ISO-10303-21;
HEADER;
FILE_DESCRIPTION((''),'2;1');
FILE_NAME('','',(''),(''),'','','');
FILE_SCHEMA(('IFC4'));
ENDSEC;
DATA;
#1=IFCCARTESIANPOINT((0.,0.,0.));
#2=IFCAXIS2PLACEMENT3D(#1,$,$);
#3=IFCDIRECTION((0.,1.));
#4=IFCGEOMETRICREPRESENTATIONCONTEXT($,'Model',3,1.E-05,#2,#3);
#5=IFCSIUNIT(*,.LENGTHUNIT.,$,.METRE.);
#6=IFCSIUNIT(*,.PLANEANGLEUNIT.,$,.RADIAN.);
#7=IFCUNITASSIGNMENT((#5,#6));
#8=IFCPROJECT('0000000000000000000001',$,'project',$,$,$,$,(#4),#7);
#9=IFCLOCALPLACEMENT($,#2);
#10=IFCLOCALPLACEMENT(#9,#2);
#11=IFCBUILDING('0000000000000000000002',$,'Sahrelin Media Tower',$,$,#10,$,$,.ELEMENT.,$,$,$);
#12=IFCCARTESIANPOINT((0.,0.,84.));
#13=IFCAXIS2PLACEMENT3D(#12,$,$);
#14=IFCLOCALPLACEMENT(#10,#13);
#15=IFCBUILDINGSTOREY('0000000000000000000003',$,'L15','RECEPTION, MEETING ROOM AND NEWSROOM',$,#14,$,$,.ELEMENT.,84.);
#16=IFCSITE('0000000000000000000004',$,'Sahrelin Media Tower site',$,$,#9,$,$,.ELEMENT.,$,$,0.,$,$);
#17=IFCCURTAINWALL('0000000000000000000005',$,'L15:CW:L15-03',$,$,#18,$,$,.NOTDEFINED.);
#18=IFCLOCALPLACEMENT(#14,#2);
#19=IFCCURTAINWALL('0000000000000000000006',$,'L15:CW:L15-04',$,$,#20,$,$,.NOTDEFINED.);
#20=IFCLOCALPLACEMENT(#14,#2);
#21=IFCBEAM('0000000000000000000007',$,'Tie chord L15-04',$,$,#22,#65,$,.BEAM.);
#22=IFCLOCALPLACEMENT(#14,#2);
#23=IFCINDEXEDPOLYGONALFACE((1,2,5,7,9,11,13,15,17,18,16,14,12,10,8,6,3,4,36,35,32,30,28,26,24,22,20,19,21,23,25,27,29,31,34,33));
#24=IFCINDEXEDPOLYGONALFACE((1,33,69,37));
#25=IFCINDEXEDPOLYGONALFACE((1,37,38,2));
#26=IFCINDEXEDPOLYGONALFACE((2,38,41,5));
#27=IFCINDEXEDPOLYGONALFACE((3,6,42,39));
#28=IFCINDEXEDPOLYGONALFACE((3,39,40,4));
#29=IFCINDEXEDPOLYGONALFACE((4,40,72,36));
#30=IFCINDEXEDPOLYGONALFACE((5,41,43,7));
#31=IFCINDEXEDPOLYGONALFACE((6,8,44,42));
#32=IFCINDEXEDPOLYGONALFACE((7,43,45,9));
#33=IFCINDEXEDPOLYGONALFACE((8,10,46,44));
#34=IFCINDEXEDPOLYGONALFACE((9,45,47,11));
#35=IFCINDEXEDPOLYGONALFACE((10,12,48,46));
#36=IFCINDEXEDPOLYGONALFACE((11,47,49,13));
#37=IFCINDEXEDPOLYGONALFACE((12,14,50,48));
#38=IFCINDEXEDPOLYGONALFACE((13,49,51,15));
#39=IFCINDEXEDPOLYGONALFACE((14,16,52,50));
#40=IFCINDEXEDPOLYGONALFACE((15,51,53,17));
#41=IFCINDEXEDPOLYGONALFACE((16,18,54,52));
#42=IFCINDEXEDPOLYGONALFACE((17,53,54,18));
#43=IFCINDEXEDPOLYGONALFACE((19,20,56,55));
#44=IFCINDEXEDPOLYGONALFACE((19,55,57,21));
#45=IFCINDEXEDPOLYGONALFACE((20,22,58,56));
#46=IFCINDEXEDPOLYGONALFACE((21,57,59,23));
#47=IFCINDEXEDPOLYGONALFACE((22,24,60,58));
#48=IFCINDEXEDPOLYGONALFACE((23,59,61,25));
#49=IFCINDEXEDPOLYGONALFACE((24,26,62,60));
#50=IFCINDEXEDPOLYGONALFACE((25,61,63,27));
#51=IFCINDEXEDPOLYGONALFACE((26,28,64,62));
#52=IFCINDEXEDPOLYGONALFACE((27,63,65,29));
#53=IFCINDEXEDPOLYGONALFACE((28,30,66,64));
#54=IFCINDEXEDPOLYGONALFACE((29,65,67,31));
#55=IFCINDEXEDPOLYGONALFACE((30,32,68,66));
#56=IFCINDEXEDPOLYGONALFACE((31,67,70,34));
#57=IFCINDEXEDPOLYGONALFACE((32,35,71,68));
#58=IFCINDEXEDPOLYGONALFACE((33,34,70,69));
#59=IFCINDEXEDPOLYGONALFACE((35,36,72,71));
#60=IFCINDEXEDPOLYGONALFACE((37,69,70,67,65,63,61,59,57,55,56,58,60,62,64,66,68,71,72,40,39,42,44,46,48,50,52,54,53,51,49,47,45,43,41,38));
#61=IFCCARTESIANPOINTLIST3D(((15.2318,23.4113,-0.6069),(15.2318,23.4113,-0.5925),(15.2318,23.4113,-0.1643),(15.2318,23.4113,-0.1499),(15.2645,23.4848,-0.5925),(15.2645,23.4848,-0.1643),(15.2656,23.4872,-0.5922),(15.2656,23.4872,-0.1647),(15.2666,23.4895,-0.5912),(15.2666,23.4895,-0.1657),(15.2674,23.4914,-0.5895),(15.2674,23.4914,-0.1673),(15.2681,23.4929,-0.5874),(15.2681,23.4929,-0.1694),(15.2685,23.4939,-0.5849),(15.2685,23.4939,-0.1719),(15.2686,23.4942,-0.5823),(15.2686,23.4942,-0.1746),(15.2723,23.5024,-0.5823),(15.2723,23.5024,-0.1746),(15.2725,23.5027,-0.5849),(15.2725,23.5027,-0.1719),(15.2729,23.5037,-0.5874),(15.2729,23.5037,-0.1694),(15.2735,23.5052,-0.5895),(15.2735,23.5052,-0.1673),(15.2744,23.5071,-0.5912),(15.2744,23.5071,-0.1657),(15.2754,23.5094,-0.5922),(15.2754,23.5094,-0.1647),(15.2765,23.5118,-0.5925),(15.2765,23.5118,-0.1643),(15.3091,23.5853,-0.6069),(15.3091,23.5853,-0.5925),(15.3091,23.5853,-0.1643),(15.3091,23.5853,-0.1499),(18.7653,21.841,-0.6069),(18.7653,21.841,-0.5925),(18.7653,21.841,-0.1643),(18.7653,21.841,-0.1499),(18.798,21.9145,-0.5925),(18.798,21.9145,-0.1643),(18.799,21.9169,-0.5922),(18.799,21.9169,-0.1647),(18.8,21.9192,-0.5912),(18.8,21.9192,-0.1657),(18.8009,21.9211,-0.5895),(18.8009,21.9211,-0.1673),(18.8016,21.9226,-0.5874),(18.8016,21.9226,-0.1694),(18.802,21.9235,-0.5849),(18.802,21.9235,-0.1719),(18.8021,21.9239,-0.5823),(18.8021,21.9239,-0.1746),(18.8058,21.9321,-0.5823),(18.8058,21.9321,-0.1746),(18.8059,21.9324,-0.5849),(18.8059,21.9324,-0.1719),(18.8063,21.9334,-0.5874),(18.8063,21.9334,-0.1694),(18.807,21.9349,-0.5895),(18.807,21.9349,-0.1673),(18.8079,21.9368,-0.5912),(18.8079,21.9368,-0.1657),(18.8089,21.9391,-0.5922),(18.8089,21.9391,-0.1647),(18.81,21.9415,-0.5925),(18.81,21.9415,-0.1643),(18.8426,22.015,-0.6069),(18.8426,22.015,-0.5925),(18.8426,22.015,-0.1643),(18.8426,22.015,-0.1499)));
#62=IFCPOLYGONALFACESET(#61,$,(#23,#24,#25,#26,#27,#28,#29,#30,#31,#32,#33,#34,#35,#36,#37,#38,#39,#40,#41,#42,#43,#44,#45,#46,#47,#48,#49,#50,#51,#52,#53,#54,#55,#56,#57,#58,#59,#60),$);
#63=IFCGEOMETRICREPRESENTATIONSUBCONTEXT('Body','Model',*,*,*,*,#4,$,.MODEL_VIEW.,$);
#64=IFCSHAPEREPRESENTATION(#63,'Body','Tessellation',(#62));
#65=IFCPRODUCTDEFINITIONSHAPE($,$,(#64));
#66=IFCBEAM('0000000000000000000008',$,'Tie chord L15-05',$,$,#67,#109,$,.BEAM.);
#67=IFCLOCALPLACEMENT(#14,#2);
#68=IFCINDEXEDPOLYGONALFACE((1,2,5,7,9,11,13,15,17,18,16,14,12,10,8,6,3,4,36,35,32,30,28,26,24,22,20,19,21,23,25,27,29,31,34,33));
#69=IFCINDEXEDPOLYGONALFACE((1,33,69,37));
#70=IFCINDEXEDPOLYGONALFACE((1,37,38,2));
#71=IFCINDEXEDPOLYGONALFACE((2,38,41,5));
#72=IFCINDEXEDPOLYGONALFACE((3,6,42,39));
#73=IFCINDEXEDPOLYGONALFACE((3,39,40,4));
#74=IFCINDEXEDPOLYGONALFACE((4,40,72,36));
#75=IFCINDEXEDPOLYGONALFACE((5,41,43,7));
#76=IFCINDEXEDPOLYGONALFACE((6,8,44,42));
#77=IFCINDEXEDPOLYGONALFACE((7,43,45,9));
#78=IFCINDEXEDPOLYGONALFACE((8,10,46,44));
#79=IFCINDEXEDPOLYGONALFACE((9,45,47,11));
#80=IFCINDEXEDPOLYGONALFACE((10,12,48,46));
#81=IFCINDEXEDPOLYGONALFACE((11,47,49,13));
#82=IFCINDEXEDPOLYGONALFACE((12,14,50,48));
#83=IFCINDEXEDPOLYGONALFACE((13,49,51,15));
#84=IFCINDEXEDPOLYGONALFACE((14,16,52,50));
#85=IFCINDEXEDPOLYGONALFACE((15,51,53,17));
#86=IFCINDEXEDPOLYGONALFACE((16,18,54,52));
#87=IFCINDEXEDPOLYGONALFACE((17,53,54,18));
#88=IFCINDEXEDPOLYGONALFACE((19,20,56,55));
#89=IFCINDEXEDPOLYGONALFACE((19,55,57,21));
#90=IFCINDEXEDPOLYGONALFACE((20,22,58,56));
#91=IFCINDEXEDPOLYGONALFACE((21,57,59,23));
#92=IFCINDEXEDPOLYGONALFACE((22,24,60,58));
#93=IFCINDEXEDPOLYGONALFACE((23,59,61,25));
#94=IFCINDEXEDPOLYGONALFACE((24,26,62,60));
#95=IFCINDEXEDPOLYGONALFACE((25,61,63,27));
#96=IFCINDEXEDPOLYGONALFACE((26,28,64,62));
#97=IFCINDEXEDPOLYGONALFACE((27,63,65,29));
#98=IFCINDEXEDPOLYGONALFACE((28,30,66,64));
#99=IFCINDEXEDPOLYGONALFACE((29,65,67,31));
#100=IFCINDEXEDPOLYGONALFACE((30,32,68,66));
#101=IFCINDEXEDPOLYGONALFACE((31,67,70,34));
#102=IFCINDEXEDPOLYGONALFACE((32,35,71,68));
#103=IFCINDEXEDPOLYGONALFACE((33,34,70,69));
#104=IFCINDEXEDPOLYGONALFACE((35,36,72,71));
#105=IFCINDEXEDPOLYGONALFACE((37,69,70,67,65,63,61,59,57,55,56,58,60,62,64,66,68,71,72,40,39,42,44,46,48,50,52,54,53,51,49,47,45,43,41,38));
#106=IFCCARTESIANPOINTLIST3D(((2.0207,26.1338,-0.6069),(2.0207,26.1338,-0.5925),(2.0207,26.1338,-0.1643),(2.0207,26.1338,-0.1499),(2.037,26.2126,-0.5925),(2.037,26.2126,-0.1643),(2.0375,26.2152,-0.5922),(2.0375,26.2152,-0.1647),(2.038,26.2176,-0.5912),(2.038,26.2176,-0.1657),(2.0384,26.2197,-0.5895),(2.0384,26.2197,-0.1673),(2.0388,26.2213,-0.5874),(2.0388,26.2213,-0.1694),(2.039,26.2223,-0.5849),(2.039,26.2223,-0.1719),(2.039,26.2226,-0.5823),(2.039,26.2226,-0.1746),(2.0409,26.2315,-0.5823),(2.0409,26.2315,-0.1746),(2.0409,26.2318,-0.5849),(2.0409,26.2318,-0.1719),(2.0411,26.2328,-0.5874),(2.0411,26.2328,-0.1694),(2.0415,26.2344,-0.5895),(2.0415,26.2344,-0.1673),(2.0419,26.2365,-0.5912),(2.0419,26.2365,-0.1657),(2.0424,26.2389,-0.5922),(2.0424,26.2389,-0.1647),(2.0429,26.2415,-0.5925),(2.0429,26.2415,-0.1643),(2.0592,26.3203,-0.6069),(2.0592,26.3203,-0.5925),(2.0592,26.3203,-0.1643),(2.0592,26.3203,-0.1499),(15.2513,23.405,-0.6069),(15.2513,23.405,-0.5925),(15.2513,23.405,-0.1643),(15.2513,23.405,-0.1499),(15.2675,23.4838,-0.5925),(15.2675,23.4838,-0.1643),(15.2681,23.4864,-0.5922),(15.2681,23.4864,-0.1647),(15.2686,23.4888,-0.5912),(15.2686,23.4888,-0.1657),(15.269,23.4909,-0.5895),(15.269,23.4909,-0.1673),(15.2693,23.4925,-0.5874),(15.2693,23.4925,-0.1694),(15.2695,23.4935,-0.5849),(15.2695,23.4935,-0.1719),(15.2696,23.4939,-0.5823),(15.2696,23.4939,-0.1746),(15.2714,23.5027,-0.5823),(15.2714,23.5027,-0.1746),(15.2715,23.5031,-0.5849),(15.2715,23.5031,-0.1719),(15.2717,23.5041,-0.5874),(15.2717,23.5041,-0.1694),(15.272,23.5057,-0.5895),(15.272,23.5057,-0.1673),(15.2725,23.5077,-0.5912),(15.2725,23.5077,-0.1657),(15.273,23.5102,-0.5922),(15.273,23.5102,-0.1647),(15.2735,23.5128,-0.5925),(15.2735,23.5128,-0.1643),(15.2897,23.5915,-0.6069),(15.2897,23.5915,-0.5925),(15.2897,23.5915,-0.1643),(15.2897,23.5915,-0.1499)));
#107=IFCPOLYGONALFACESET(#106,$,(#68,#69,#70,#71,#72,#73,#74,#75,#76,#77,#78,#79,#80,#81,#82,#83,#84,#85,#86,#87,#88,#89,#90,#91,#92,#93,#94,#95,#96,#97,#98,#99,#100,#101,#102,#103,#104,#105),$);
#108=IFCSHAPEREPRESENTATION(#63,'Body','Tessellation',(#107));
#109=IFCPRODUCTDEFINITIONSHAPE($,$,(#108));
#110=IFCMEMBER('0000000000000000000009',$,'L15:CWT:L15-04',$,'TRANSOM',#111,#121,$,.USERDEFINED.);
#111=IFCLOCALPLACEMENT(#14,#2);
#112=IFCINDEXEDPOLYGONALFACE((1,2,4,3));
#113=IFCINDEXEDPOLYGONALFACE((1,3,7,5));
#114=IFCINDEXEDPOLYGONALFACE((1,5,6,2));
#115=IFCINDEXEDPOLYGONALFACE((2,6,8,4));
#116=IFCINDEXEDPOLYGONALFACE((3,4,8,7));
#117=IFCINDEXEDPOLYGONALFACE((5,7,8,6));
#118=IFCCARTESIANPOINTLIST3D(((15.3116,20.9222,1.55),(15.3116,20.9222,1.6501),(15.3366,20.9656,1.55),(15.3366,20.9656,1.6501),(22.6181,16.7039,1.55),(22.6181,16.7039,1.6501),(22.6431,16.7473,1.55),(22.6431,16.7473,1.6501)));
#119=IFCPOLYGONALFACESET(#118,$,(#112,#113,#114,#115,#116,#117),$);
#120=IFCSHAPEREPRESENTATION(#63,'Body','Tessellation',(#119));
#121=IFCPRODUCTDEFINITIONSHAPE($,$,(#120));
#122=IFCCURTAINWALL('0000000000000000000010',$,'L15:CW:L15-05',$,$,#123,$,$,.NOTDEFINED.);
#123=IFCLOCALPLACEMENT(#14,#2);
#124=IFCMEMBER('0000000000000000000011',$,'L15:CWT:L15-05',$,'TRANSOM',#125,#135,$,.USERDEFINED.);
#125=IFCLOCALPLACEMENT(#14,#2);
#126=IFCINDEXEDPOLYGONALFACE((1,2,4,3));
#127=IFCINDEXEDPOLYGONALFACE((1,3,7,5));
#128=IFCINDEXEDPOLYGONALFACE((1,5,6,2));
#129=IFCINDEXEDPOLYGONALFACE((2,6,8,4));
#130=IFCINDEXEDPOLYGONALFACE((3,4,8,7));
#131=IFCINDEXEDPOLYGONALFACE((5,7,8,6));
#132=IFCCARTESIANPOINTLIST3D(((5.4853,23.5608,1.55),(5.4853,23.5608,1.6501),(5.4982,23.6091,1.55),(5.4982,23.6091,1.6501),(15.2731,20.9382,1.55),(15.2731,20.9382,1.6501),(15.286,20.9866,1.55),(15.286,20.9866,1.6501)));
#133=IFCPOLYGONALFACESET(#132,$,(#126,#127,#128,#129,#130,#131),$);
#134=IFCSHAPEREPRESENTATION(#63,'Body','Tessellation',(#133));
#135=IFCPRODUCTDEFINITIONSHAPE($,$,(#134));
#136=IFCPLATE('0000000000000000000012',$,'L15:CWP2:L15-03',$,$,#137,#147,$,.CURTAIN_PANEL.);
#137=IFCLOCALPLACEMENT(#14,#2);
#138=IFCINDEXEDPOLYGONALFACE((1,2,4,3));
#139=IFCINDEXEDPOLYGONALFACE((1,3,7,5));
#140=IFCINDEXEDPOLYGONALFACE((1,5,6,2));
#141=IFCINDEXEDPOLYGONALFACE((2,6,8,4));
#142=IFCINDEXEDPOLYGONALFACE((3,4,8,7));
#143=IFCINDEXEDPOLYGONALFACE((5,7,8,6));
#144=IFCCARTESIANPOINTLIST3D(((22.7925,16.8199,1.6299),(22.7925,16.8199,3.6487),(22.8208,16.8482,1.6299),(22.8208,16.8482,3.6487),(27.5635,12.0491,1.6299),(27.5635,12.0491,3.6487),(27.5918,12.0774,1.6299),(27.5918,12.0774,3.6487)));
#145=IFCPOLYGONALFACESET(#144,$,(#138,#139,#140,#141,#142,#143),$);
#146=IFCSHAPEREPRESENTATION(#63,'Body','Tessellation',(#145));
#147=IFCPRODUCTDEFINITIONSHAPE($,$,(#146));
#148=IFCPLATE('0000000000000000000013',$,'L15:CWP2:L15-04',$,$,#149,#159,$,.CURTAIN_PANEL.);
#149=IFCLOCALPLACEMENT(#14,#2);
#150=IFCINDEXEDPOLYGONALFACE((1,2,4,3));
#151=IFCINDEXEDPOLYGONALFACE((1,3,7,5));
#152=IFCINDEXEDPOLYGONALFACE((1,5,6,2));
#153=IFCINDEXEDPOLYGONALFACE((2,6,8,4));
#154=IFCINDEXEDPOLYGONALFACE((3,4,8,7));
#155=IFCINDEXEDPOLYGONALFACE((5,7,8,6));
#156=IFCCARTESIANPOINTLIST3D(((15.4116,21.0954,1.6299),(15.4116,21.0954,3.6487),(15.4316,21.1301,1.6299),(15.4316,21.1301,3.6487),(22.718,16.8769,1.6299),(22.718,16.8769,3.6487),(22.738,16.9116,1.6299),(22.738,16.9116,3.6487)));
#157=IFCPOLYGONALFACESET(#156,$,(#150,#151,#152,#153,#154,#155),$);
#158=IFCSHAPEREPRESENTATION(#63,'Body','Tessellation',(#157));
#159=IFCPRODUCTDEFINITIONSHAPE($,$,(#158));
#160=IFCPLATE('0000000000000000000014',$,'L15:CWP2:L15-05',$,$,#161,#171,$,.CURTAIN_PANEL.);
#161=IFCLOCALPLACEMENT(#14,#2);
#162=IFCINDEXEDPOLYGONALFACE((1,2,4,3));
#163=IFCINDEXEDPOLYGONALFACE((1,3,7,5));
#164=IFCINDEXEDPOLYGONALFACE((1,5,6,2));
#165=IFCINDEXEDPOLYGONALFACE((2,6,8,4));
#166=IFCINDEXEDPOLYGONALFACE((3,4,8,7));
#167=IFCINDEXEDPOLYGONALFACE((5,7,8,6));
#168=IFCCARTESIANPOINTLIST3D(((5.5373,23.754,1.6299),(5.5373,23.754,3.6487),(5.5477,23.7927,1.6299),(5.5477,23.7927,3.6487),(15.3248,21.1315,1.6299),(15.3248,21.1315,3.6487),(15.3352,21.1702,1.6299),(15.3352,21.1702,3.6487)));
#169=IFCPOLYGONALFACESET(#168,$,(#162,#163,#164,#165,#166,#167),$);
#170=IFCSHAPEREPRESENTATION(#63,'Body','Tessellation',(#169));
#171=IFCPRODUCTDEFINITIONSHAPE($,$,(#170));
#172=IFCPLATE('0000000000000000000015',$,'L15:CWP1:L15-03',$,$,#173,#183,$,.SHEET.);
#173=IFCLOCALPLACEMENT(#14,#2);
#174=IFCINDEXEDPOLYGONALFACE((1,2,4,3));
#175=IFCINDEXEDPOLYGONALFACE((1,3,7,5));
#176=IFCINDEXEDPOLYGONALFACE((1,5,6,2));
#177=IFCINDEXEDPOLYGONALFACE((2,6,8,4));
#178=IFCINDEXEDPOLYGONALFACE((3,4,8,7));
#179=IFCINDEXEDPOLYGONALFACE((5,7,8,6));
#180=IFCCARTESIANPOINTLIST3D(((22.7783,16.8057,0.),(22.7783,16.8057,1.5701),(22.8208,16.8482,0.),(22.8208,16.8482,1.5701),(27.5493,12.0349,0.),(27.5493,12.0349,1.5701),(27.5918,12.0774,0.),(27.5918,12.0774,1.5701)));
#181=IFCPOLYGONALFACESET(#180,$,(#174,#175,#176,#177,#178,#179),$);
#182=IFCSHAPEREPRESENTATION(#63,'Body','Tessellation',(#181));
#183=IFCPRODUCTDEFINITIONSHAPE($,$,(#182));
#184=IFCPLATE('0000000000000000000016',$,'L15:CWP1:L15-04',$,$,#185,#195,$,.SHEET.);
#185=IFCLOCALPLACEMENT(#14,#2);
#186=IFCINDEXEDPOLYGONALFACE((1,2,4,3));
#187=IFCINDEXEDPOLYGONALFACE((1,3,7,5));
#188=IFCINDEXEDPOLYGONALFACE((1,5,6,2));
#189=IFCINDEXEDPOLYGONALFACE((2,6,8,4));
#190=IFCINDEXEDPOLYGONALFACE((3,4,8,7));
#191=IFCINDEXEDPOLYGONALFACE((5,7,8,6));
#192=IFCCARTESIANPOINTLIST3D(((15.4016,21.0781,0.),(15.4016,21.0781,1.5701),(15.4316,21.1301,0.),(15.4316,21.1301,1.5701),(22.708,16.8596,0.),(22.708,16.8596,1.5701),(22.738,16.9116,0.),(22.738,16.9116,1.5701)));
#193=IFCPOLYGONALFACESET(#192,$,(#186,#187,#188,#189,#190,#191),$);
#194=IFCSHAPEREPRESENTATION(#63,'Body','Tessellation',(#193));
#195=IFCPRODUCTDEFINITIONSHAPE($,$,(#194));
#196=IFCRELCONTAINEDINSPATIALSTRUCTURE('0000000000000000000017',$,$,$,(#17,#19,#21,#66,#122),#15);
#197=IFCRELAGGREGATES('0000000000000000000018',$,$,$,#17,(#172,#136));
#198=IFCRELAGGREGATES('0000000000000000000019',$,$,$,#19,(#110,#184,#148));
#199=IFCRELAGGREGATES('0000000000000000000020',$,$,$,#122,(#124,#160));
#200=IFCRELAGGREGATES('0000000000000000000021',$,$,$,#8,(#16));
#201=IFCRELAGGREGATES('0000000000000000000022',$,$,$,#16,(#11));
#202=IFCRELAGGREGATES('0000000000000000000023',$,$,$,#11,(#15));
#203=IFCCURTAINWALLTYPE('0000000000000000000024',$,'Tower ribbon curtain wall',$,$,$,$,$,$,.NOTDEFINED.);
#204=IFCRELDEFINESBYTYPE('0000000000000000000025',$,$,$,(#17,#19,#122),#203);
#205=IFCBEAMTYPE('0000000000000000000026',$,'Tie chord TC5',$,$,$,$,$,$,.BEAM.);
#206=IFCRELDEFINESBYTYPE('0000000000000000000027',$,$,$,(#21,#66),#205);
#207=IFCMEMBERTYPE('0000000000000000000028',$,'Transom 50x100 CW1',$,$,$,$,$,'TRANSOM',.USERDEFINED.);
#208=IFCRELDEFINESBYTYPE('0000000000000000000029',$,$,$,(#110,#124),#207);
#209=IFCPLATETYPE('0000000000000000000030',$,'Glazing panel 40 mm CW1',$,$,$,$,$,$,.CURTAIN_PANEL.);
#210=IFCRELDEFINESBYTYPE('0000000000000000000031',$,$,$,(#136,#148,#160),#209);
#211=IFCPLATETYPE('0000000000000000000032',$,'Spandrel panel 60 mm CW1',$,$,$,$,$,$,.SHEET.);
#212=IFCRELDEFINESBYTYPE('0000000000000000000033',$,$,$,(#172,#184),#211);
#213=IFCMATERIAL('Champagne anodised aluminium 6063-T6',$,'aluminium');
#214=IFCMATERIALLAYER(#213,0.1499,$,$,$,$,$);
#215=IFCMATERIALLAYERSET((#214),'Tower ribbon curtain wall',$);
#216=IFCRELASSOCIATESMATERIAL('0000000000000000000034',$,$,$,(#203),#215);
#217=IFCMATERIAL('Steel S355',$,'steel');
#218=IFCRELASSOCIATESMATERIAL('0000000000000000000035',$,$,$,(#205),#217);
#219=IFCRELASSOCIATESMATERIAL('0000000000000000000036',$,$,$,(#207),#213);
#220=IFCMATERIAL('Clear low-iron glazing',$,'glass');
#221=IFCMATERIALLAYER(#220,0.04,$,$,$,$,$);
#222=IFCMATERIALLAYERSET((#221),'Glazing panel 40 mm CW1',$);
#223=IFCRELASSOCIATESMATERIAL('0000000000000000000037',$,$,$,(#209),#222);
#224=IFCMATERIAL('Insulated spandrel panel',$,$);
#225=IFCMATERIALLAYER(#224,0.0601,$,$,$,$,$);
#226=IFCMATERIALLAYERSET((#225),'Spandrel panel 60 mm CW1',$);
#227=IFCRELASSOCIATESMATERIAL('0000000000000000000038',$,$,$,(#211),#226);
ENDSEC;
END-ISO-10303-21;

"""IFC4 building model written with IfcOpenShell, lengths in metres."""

from ifc_helpers import new_model, si_unit, direction, frame, origin, origin_2d, place, context, subcontext, project, spatial, polyline, rectangle, i_section, outline, extrude, material, layer, layer_set, material_profile, profile_set, type_object, element, aggregate, save


model = new_model("IFC4")

# Units and contexts
model_context = context("Model", 3, precision=1e-05, world=origin(), true_north=direction((0.0, 1.0)))
body_context = subcontext(model_context, "Body", "Model", "MODEL_VIEW")
ifc_project = project(units=[si_unit("LENGTHUNIT", "METRE"), si_unit("PLANEANGLEUNIT", "RADIAN")], contexts=[model_context])

# Site, building, storey
site_placement = place(None, origin())
site = spatial("IfcSite", under=ifc_project, at=site_placement, Name="Sahrelin Media Tower site", CompositionType="ELEMENT", RefElevation=0.0)
building_placement = place(site_placement, origin())
building = spatial("IfcBuilding", under=site, at=building_placement, Name="Sahrelin Media Tower", CompositionType="ELEMENT")
storey_placement = place(building_placement, frame((0.0, 0.0, 84.0)))
storey = spatial("IfcBuildingStorey", under=building, at=storey_placement, Name="L15", Description="RECEPTION, MEETING ROOM AND NEWSROOM", CompositionType="ELEMENT", Elevation=84.0)

# Shared definitions
ifc_material_1 = material(Name="Steel S355", Category="steel")

# Curtain walls
ifc_material_2 = material(Name="Champagne anodised aluminium 6063-T6", Category="aluminium")
ifc_layer_1 = layer(ifc_material_2, 0.1499)
ifc_layer_set_1 = layer_set([ifc_layer_1], Name="Tower ribbon curtain wall")
curtain_wall_type = type_object("IfcCurtainWallType", Name="Tower ribbon curtain wall", PredefinedType="NOTDEFINED", material=ifc_layer_set_1)
curtain_wall_1_placement = place(storey_placement, frame((25.1921, 14.4485, 0.0), z_axis=(0.0, 0.0, 1.0), x_axis=(1.0, 0.0, 0.0)))
curtain_wall_1 = element("IfcCurtainWall", 1, at=curtain_wall_1_placement, inside=storey, type_object=curtain_wall_type, Name="L15:CW:L15-03", PredefinedType="NOTDEFINED")
curtain_wall_2_placement = place(storey_placement, frame((19.075, 19.0037, 0.0), z_axis=(0.0, 0.0, 1.0), x_axis=(1.0, 0.0, 0.0)))
curtain_wall_2 = element("IfcCurtainWall", 2, at=curtain_wall_2_placement, inside=storey, type_object=curtain_wall_type, Name="L15:CW:L15-04", PredefinedType="NOTDEFINED")

# Beams
ifc_material_profile_1 = material_profile(ifc_material_1, i_section(OverallWidth=0.1904, OverallDepth=0.457, WebThickness=0.009, FlangeThickness=0.0144, FilletRadius=0.0103, at=origin_2d()), Name="UB 457x191x74")
ifc_profile_set_1 = profile_set([ifc_material_profile_1], Name="Steel S355")
beam_type_1 = type_object("IfcBeamType", Name="Tie chord TC5", PredefinedType="BEAM", material=ifc_profile_set_1)
beam_1_placement = place(storey_placement, frame((18.804, 21.928, -0.3784), z_axis=(-0.913822, 0.406115, 0.0), x_axis=(-0.406115, -0.913822, 0.0)))
element("IfcBeam", 3, at=beam_1_placement, inside=storey, type_object=beam_type_1, Name="Tie chord L15-04", PredefinedType="BEAM", context=body_context, shape_type="SweptSolid", body=[
    extrude(i_section(OverallWidth=0.1904, OverallDepth=0.457, WebThickness=0.009, FlangeThickness=0.0144, FilletRadius=0.0103, at=origin_2d()), origin(), (0.0, 0.0, 1.0), 3.8667),
])
beam_2_placement = place(storey_placement, frame((15.2705, 23.4983, -0.3784), z_axis=(-0.979386, 0.201997, 0.0), x_axis=(-0.201997, -0.979386, 0.0)))
element("IfcBeam", 4, at=beam_2_placement, inside=storey, type_object=beam_type_1, Name="Tie chord L15-05", PredefinedType="BEAM", context=body_context, shape_type="SweptSolid", body=[
    extrude(i_section(OverallWidth=0.1904, OverallDepth=0.457, WebThickness=0.009, FlangeThickness=0.0144, FilletRadius=0.0103, at=origin_2d()), origin(), (0.0, 0.0, 1.0), 13.509),
])

# Member
ifc_material_profile_2 = material_profile(ifc_material_2, rectangle(XDim=0.05, YDim=0.1001, at=origin_2d()), Name="Transom 50x100")
ifc_profile_set_2 = profile_set([ifc_material_profile_2], Name="Champagne anodised aluminium 6063-T6")
member_type_1 = type_object("IfcMemberType", Name="Transom 50x100 CW1", ElementType="TRANSOM", PredefinedType="USERDEFINED", material=ifc_profile_set_2)
member_1_placement = place(storey_placement, frame((22.6306, 16.7256, 1.6001), z_axis=(-0.86603, 0.499992, 0.0), x_axis=(-0.499992, -0.86603, 0.0)))
member_1 = element("IfcMember", 5, at=member_1_placement, type_object=member_type_1, Name="L15:CWT:L15-04", ObjectType="TRANSOM", PredefinedType="USERDEFINED", context=body_context, shape_type="SweptSolid", body=[
    extrude(rectangle(XDim=0.05, YDim=0.1001, at=origin_2d()), origin(), (0.0, 0.0, 1.0), 8.4368),
])

# Curtain wall, member
curtain_wall_3_placement = place(storey_placement, frame((10.4363, 22.4622, 0.0), z_axis=(0.0, 0.0, 1.0), x_axis=(1.0, 0.0, 0.0)))
curtain_wall_3 = element("IfcCurtainWall", 6, at=curtain_wall_3_placement, inside=storey, type_object=curtain_wall_type, Name="L15:CW:L15-05", PredefinedType="NOTDEFINED")
member_2_placement = place(storey_placement, frame((15.2795, 20.9624, 1.6001), z_axis=(-0.965928, 0.258811, 0.0), x_axis=(-0.258811, -0.965928, 0.0)))
member_2 = element("IfcMember", 7, at=member_2_placement, type_object=member_type_1, Name="L15:CWT:L15-05", ObjectType="TRANSOM", PredefinedType="USERDEFINED", context=body_context, shape_type="SweptSolid", body=[
    extrude(rectangle(XDim=0.05, YDim=0.1001, at=origin_2d()), origin(), (0.0, 0.0, 1.0), 10.1331),
])

# Plates
ifc_material_3 = material(Name="Clear low-iron glazing", Category="glass")
ifc_layer_2 = layer(ifc_material_3, 0.04)
ifc_layer_set_2 = layer_set([ifc_layer_2], Name="Glazing panel 40 mm CW1")
plate_type_1 = type_object("IfcPlateType", Name="Glazing panel 40 mm CW1", PredefinedType="CURTAIN_PANEL", material=ifc_layer_set_2)
plate_1_placement = place(storey_placement, frame((27.5918, 12.0774, 1.6299), z_axis=(0.707089, 0.707125, 0.0), x_axis=(-0.707125, 0.707089, 0.0)))
plate_1 = element("IfcPlate", 8, at=plate_1_placement, type_object=plate_type_1, Name="L15:CWP2:L15-03", PredefinedType="CURTAIN_PANEL", context=body_context, shape_type="SweptSolid", body=[
    extrude(outline(polyline([(0.0, 0.0), (6.7471, 0.0), (6.7471, 2.0188), (0.0, 2.0188), (0.0, 0.0)])), origin(), (0.0, 0.0, -1.0), 0.04),
])
plate_2_placement = place(storey_placement, frame((22.738, 16.9116, 1.6299), z_axis=(0.500014, 0.866017, 0.0), x_axis=(-0.866017, 0.500014, 0.0)))
plate_2 = element("IfcPlate", 9, at=plate_2_placement, type_object=plate_type_1, Name="L15:CWP2:L15-04", PredefinedType="CURTAIN_PANEL", context=body_context, shape_type="SweptSolid", body=[
    extrude(outline(polyline([(0.0, 0.0), (8.4368, 0.0), (8.4368, 2.0188), (0.0, 2.0188), (0.0, 0.0)])), origin(), (0.0, 0.0, -1.0), 0.04),
])
plate_3_placement = place(storey_placement, frame((15.3352, 21.1702, 1.6299), z_axis=(0.258817, 0.965926, 0.0), x_axis=(-0.965926, 0.258817, 0.0)))
plate_3 = element("IfcPlate", 10, at=plate_3_placement, type_object=plate_type_1, Name="L15:CWP2:L15-05", PredefinedType="CURTAIN_PANEL", context=body_context, shape_type="SweptSolid", body=[
    extrude(outline(polyline([(0.0, 0.0), (10.1328, 0.0), (10.1328, 2.0188), (0.0, 2.0188), (0.0, 0.0)])), origin(), (0.0, 0.0, -1.0), 0.04),
])
ifc_material_4 = material(Name="Insulated spandrel panel")
ifc_layer_3 = layer(ifc_material_4, 0.0601)
ifc_layer_set_3 = layer_set([ifc_layer_3], Name="Spandrel panel 60 mm CW1")
plate_type_2 = type_object("IfcPlateType", Name="Spandrel panel 60 mm CW1", PredefinedType="SHEET", material=ifc_layer_set_3)
plate_4_placement = place(storey_placement, frame((27.5918, 12.0774, 0.0), z_axis=(0.707089, 0.707125, 0.0), x_axis=(-0.707125, 0.707089, 0.0)))
plate_4 = element("IfcPlate", 11, at=plate_4_placement, type_object=plate_type_2, Name="L15:CWP1:L15-03", PredefinedType="SHEET", context=body_context, shape_type="SweptSolid", body=[
    extrude(outline(polyline([(0.0, 0.0), (6.7471, 0.0), (6.7471, 1.5701), (0.0, 1.5701), (0.0, 0.0)])), origin(), (0.0, 0.0, -1.0), 0.0601),
])
aggregate(curtain_wall_1, [plate_4, plate_1])
plate_5_placement = place(storey_placement, frame((22.738, 16.9116, 0.0), z_axis=(0.500014, 0.866017, 0.0), x_axis=(-0.866017, 0.500014, 0.0)))
plate_5 = element("IfcPlate", 12, at=plate_5_placement, type_object=plate_type_2, Name="L15:CWP1:L15-04", PredefinedType="SHEET", context=body_context, shape_type="SweptSolid", body=[
    extrude(outline(polyline([(0.0, 0.0), (8.4368, 0.0), (8.4368, 1.5701), (0.0, 1.5701), (0.0, 0.0)])), origin(), (0.0, 0.0, -1.0), 0.0601),
])
aggregate(curtain_wall_2, [member_1, plate_5, plate_2])
aggregate(curtain_wall_3, [member_2, plate_3])

save(model, "model.ifc")
